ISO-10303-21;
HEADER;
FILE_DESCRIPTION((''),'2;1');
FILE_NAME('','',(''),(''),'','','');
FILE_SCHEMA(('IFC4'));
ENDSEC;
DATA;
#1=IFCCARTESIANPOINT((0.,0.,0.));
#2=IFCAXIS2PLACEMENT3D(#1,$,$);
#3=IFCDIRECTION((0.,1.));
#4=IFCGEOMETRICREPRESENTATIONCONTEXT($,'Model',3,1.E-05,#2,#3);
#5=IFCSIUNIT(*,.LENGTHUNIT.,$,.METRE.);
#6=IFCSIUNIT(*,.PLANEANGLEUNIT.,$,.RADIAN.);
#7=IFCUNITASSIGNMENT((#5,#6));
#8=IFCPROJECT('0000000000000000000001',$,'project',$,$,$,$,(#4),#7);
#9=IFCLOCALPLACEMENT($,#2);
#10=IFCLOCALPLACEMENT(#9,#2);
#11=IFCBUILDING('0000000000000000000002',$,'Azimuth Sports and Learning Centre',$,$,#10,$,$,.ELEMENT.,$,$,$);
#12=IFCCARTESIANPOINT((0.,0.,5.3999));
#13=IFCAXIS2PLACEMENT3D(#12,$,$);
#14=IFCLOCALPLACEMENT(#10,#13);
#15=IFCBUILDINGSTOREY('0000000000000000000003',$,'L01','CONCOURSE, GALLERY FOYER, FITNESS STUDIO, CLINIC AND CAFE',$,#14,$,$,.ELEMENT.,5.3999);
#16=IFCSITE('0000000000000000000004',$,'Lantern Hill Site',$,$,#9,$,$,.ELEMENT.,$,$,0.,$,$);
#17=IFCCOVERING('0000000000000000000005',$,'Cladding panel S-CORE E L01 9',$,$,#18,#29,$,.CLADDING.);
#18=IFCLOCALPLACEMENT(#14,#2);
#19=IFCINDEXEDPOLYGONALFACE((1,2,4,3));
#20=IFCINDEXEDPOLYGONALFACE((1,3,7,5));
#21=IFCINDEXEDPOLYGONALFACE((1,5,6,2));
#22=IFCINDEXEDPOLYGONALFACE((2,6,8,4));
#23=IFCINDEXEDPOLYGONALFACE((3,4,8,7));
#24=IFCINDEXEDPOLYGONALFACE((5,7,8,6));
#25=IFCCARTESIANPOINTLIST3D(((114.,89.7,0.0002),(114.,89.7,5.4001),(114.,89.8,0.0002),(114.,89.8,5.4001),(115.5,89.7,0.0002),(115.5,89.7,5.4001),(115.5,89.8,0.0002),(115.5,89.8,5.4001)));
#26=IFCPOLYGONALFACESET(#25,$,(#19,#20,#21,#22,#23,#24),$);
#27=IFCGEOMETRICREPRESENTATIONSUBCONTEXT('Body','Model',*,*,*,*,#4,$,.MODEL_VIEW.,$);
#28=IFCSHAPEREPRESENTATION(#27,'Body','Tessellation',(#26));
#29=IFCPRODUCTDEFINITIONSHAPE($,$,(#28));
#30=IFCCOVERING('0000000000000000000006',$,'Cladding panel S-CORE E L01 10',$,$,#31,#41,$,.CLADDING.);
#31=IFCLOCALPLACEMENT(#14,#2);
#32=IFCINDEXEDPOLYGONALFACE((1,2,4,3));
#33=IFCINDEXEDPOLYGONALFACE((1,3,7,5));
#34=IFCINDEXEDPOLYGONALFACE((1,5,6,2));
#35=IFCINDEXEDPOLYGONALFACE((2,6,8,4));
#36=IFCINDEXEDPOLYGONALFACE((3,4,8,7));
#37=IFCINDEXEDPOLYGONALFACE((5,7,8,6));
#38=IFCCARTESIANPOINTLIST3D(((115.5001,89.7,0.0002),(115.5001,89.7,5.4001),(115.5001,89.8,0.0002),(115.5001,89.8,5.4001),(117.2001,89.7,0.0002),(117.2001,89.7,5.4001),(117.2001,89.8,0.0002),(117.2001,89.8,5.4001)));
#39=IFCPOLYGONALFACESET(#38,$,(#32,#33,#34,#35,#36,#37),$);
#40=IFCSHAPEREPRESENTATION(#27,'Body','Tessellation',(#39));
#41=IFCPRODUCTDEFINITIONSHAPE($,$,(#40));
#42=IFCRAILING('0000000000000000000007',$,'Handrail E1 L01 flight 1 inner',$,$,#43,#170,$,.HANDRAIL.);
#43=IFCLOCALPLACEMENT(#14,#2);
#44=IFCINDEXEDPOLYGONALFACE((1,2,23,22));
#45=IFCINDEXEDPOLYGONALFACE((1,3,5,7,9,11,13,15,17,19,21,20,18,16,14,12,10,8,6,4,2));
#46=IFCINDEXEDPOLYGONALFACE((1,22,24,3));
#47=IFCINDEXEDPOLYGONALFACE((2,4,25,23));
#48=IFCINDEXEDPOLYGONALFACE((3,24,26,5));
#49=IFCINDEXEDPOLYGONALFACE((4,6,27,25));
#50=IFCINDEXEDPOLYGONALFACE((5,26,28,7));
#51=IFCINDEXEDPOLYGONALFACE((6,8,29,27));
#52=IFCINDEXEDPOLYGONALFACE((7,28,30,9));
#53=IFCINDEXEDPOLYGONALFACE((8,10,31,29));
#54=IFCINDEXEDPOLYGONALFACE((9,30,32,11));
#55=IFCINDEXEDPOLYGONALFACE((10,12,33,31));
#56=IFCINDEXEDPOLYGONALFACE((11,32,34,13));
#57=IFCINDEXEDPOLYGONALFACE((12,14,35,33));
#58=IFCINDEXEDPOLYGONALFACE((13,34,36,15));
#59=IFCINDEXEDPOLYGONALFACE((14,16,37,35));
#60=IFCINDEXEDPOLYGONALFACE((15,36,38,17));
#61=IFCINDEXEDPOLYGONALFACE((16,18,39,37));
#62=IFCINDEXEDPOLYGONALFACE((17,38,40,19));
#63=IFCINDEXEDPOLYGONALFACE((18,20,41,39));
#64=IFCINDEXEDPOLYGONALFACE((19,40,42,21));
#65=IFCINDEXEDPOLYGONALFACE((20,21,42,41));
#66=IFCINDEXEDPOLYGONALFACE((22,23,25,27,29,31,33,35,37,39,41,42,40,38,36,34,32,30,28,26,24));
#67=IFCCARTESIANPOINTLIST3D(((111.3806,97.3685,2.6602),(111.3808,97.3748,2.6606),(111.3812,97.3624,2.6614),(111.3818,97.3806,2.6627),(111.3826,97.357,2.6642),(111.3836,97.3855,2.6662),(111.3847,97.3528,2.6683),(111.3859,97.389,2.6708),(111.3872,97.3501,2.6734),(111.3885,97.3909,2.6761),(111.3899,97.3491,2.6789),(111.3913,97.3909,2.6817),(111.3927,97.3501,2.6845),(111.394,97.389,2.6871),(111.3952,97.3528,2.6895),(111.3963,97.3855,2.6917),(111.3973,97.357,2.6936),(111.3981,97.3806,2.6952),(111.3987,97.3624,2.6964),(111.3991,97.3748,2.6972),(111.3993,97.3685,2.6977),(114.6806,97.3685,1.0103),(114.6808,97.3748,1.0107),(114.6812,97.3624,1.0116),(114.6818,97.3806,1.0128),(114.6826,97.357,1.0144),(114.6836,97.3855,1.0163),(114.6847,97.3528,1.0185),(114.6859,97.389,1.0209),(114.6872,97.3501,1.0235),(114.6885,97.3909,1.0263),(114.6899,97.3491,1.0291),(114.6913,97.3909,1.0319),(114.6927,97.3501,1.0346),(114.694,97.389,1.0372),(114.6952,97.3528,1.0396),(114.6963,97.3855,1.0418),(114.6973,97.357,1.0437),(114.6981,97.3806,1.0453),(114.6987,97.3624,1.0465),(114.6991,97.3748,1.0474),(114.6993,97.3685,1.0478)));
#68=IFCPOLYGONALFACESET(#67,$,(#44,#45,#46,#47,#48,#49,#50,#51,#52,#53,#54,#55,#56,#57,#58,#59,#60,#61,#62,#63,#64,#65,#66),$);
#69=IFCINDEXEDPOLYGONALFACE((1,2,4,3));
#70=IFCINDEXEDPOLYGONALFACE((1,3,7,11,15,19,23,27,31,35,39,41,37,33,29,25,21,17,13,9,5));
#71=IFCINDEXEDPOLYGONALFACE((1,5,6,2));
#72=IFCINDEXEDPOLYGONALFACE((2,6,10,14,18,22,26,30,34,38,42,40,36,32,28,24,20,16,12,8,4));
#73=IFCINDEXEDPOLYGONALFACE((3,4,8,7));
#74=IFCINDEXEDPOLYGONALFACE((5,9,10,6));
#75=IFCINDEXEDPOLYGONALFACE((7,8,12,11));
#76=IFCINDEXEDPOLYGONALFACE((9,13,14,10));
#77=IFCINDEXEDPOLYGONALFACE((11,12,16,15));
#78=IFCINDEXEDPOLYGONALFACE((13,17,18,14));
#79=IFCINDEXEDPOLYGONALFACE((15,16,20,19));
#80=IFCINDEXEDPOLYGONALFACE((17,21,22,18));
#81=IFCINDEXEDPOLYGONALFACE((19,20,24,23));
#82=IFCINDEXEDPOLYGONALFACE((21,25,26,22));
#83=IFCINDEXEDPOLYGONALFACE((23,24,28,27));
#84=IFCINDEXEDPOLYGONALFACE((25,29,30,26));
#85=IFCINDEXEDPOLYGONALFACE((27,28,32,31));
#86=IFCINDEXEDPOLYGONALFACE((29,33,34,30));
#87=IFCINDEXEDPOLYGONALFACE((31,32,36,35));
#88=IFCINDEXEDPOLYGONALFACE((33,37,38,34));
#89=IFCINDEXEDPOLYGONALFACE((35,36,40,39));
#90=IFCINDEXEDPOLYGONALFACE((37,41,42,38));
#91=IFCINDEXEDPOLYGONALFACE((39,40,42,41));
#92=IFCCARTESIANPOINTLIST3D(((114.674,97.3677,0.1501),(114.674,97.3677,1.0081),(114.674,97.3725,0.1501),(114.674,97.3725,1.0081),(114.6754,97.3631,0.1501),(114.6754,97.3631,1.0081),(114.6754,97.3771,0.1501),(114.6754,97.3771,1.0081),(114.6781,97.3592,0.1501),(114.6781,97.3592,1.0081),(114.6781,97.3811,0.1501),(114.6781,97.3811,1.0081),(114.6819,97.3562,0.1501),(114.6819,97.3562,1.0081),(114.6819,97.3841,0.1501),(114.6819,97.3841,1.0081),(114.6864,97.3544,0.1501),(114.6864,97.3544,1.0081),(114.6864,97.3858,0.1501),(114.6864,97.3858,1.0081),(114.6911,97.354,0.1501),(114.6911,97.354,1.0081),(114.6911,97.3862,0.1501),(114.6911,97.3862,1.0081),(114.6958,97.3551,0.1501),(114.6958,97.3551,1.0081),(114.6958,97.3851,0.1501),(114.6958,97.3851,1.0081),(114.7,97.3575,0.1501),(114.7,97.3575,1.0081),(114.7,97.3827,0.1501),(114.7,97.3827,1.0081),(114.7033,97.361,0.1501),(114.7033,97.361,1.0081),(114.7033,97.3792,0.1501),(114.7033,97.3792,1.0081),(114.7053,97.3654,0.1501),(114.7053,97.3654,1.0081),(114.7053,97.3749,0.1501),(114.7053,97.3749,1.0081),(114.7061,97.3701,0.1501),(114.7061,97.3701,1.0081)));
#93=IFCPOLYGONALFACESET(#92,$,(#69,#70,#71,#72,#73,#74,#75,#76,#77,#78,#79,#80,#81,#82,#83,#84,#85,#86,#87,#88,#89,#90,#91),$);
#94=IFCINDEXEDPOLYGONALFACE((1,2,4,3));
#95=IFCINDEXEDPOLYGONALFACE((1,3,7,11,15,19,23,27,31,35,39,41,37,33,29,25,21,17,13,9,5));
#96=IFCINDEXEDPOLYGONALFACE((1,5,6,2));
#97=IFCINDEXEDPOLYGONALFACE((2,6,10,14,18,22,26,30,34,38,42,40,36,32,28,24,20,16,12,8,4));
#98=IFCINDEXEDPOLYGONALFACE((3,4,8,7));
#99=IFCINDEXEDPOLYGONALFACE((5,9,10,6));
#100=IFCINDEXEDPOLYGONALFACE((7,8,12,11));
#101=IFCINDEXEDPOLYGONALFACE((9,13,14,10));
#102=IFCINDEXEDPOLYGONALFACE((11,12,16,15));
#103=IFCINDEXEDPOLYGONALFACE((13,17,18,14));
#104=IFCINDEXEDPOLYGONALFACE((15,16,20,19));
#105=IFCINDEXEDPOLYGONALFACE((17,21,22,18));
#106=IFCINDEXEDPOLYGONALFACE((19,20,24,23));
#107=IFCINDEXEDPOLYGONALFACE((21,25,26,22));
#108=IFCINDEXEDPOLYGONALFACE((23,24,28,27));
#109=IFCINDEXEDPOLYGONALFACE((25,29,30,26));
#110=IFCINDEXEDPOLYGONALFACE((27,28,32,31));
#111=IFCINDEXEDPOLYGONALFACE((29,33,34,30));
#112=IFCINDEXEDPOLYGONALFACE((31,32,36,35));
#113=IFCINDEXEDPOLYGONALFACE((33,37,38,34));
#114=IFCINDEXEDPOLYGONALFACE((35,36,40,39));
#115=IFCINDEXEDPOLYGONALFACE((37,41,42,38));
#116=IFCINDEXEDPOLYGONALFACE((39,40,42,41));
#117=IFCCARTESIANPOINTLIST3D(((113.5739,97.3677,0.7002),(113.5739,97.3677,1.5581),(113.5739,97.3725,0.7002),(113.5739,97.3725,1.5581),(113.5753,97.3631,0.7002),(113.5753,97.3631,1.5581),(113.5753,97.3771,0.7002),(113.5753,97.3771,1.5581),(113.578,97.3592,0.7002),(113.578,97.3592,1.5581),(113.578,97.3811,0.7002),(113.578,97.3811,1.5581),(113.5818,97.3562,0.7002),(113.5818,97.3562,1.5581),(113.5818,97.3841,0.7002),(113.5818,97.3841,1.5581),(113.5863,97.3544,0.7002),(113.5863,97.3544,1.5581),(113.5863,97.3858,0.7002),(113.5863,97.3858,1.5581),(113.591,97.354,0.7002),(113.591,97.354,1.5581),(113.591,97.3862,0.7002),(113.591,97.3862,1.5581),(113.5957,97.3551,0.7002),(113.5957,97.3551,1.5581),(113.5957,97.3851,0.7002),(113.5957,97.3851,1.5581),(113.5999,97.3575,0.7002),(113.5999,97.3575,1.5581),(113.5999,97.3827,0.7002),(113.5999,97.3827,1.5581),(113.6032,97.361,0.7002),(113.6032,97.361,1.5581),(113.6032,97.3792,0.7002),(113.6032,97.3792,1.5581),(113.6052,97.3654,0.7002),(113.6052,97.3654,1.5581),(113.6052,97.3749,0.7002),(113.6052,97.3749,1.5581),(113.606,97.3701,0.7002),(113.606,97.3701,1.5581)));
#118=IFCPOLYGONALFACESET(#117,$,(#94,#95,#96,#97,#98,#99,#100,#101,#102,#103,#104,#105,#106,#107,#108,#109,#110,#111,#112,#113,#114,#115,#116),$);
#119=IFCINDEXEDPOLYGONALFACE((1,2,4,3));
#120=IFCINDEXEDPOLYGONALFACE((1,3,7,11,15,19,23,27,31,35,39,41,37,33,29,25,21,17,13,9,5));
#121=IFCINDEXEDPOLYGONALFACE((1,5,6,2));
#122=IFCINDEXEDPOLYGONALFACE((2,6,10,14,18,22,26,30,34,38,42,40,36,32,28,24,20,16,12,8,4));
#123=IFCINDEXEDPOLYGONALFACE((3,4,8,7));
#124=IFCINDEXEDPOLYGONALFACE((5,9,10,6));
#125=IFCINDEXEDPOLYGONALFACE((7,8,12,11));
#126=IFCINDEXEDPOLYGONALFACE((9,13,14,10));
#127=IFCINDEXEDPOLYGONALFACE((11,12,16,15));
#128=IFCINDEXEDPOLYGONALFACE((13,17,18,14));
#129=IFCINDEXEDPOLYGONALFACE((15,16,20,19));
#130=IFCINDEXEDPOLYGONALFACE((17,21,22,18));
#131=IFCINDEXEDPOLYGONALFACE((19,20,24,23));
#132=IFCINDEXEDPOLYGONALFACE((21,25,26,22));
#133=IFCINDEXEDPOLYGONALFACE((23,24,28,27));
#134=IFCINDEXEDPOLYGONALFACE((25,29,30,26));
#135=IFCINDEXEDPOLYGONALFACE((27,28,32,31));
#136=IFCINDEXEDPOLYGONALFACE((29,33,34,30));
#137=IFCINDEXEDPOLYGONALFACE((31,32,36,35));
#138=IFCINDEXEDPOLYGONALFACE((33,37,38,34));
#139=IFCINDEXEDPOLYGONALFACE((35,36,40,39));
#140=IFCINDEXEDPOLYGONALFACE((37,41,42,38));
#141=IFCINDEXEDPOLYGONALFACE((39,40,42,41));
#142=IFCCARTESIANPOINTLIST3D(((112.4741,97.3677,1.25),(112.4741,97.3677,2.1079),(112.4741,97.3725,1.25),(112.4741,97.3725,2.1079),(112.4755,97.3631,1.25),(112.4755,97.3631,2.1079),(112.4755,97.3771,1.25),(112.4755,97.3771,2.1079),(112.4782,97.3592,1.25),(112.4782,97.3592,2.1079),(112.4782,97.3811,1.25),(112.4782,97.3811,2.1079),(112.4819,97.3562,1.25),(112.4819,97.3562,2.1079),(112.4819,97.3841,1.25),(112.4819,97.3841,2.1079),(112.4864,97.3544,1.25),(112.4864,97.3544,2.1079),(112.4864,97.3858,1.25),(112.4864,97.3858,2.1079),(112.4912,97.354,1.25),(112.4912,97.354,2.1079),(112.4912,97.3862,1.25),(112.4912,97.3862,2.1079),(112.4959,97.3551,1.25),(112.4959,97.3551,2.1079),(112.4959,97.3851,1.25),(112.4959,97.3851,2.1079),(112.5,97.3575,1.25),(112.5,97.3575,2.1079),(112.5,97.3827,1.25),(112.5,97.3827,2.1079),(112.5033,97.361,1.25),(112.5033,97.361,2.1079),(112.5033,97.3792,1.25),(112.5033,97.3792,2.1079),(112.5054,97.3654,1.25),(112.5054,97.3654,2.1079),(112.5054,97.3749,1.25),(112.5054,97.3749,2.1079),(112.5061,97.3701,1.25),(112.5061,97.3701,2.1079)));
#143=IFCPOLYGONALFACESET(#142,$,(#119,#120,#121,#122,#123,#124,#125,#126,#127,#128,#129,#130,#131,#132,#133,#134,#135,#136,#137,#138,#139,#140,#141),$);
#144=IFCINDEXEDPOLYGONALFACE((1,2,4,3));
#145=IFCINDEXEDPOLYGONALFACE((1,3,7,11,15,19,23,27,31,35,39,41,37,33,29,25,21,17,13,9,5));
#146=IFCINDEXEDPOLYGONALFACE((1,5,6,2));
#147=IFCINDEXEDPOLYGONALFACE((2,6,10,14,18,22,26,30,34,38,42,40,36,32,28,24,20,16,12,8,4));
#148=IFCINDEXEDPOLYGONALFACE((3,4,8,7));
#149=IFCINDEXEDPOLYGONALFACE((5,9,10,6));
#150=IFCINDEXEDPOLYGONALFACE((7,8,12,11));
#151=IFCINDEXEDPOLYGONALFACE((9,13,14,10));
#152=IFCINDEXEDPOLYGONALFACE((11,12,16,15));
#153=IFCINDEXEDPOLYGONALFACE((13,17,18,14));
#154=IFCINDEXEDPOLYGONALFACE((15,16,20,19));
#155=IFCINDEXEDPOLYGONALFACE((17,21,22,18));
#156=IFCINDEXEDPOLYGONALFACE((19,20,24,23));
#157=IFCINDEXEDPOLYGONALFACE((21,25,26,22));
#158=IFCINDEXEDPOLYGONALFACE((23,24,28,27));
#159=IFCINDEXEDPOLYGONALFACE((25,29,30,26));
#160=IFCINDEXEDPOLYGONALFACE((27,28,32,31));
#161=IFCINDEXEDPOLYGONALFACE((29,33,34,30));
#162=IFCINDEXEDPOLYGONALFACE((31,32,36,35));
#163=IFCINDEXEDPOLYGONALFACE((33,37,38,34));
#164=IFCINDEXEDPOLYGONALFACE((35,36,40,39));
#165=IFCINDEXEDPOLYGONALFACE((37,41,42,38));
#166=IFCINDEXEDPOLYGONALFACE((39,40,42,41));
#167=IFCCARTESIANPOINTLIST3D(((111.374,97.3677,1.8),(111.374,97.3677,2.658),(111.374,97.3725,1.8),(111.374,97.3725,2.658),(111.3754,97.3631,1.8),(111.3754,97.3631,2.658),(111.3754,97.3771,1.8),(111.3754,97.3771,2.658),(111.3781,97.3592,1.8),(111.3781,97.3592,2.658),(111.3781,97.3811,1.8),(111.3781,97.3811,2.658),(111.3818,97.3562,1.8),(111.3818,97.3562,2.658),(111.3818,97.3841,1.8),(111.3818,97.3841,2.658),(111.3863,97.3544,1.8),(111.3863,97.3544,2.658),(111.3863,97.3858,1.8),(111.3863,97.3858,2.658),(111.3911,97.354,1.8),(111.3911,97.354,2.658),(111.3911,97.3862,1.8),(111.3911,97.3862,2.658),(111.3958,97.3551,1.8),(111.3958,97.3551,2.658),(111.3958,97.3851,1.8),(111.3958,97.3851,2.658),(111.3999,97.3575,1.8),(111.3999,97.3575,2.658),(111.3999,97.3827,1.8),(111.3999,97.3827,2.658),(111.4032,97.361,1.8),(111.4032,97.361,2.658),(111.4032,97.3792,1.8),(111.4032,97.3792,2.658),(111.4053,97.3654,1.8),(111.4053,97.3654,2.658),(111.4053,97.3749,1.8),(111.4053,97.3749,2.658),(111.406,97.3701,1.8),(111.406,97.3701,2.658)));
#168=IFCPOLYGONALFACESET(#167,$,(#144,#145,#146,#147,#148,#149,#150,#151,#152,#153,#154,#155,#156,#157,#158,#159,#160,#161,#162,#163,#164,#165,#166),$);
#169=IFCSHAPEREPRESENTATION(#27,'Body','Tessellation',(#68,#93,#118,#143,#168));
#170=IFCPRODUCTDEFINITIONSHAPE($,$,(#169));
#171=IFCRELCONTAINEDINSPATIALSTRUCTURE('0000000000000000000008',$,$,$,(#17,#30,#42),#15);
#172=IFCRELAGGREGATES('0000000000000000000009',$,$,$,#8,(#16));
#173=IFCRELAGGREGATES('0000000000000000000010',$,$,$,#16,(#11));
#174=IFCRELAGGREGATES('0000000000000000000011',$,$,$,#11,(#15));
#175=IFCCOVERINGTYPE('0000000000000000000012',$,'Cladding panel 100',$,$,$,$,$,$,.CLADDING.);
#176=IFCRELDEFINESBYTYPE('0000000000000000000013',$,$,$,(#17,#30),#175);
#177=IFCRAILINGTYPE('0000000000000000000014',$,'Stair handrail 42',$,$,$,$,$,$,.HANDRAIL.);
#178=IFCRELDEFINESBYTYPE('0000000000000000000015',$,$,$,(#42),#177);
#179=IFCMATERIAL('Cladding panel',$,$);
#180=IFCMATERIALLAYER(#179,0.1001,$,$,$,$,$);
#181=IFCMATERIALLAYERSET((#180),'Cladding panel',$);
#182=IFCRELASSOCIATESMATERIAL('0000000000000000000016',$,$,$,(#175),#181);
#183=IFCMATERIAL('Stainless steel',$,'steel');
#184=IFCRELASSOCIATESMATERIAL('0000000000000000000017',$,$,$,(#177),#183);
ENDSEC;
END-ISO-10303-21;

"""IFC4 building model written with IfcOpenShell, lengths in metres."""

from ifc_helpers import new_model, si_unit, direction, frame, origin, origin_2d, place, context, subcontext, project, spatial, rectangle, circle, extrude, material, layer, layer_set, type_object, element, save


model = new_model("IFC4")

# Units and contexts
model_context = context("Model", 3, precision=1e-05, world=origin(), true_north=direction((0.0, 1.0)))
body_context = subcontext(model_context, "Body", "Model", "MODEL_VIEW")
ifc_project = project(units=[si_unit("LENGTHUNIT", "METRE"), si_unit("PLANEANGLEUNIT", "RADIAN")], contexts=[model_context])

# Site, building, storey
site_placement = place(None, origin())
site = spatial("IfcSite", under=ifc_project, at=site_placement, Name="Lantern Hill Site", CompositionType="ELEMENT", RefElevation=0.0)
building_placement = place(site_placement, origin())
building = spatial("IfcBuilding", under=site, at=building_placement, Name="Azimuth Sports and Learning Centre", CompositionType="ELEMENT")
storey_placement = place(building_placement, frame((0.0, 0.0, 5.3999)))
storey = spatial("IfcBuildingStorey", under=building, at=storey_placement, Name="L01", Description="CONCOURSE, GALLERY FOYER, FITNESS STUDIO, CLINIC AND CAFE", CompositionType="ELEMENT", Elevation=5.3999)

# Coverings
ifc_material_1 = material(Name="Cladding panel")
ifc_layer_1 = layer(ifc_material_1, 0.1001)
ifc_layer_set_1 = layer_set([ifc_layer_1], Name="Cladding panel")
covering_type = type_object("IfcCoveringType", Name="Cladding panel 100", PredefinedType="CLADDING", material=ifc_layer_set_1)
covering_1_placement = place(storey_placement, frame((114.75, 89.75, 0.0002), z_axis=(0.0, 0.0, 1.0), x_axis=(1.0, 0.0, 0.0)))
element("IfcCovering", 1, at=covering_1_placement, inside=storey, type_object=covering_type, Name="Cladding panel S-CORE E L01 9", PredefinedType="CLADDING", context=body_context, shape_type="SweptSolid", body=[
    extrude(rectangle(XDim=1.5, YDim=0.1001, at=origin_2d()), origin(), (0.0, 0.0, 1.0), 5.3999),
])
covering_2_placement = place(storey_placement, frame((116.3501, 89.75, 0.0002), z_axis=(0.0, 0.0, 1.0), x_axis=(1.0, 0.0, 0.0)))
element("IfcCovering", 2, at=covering_2_placement, inside=storey, type_object=covering_type, Name="Cladding panel S-CORE E L01 10", PredefinedType="CLADDING", context=body_context, shape_type="SweptSolid", body=[
    extrude(rectangle(XDim=1.7, YDim=0.1001, at=origin_2d()), origin(), (0.0, 0.0, 1.0), 5.3999),
])

# Railing
ifc_material_2 = material(Name="Stainless steel", Category="steel")
railing_type_1 = type_object("IfcRailingType", Name="Stair handrail 42", PredefinedType="HANDRAIL", material=ifc_material_2)
railing_1_placement = place(storey_placement, frame((114.6899, 97.3701, 0.1501)))
element("IfcRailing", 3, at=railing_1_placement, inside=storey, type_object=railing_type_1, Name="Handrail E1 L01 flight 1 inner", PredefinedType="HANDRAIL", context=body_context, shape_type="SweptSolid", body=[
    extrude(circle(Radius=0.021, at=origin_2d()), frame((0.0, 0.0, 0.8789), z_axis=(-0.89444, 0.0, 0.447187), x_axis=(0.0, -1.0, 0.0)), (0.0, 0.0, 1.0), 3.6895),
    extrude(circle(Radius=0.0161, at=origin_2d()), origin(), (0.0, 0.0, 1.0), 0.8579),
    extrude(circle(Radius=0.0161, at=origin_2d()), frame((-1.1001, 0.0, 0.55)), (0.0, 0.0, 1.0), 0.8579),
    extrude(circle(Radius=0.0161, at=origin_2d()), frame((-2.2, 0.0, 1.0999)), (0.0, 0.0, 1.0), 0.8579),
    extrude(circle(Radius=0.0161, at=origin_2d()), frame((-3.3, 0.0, 1.6499)), (0.0, 0.0, 1.0), 0.8579),
])

save(model, "model.ifc")
